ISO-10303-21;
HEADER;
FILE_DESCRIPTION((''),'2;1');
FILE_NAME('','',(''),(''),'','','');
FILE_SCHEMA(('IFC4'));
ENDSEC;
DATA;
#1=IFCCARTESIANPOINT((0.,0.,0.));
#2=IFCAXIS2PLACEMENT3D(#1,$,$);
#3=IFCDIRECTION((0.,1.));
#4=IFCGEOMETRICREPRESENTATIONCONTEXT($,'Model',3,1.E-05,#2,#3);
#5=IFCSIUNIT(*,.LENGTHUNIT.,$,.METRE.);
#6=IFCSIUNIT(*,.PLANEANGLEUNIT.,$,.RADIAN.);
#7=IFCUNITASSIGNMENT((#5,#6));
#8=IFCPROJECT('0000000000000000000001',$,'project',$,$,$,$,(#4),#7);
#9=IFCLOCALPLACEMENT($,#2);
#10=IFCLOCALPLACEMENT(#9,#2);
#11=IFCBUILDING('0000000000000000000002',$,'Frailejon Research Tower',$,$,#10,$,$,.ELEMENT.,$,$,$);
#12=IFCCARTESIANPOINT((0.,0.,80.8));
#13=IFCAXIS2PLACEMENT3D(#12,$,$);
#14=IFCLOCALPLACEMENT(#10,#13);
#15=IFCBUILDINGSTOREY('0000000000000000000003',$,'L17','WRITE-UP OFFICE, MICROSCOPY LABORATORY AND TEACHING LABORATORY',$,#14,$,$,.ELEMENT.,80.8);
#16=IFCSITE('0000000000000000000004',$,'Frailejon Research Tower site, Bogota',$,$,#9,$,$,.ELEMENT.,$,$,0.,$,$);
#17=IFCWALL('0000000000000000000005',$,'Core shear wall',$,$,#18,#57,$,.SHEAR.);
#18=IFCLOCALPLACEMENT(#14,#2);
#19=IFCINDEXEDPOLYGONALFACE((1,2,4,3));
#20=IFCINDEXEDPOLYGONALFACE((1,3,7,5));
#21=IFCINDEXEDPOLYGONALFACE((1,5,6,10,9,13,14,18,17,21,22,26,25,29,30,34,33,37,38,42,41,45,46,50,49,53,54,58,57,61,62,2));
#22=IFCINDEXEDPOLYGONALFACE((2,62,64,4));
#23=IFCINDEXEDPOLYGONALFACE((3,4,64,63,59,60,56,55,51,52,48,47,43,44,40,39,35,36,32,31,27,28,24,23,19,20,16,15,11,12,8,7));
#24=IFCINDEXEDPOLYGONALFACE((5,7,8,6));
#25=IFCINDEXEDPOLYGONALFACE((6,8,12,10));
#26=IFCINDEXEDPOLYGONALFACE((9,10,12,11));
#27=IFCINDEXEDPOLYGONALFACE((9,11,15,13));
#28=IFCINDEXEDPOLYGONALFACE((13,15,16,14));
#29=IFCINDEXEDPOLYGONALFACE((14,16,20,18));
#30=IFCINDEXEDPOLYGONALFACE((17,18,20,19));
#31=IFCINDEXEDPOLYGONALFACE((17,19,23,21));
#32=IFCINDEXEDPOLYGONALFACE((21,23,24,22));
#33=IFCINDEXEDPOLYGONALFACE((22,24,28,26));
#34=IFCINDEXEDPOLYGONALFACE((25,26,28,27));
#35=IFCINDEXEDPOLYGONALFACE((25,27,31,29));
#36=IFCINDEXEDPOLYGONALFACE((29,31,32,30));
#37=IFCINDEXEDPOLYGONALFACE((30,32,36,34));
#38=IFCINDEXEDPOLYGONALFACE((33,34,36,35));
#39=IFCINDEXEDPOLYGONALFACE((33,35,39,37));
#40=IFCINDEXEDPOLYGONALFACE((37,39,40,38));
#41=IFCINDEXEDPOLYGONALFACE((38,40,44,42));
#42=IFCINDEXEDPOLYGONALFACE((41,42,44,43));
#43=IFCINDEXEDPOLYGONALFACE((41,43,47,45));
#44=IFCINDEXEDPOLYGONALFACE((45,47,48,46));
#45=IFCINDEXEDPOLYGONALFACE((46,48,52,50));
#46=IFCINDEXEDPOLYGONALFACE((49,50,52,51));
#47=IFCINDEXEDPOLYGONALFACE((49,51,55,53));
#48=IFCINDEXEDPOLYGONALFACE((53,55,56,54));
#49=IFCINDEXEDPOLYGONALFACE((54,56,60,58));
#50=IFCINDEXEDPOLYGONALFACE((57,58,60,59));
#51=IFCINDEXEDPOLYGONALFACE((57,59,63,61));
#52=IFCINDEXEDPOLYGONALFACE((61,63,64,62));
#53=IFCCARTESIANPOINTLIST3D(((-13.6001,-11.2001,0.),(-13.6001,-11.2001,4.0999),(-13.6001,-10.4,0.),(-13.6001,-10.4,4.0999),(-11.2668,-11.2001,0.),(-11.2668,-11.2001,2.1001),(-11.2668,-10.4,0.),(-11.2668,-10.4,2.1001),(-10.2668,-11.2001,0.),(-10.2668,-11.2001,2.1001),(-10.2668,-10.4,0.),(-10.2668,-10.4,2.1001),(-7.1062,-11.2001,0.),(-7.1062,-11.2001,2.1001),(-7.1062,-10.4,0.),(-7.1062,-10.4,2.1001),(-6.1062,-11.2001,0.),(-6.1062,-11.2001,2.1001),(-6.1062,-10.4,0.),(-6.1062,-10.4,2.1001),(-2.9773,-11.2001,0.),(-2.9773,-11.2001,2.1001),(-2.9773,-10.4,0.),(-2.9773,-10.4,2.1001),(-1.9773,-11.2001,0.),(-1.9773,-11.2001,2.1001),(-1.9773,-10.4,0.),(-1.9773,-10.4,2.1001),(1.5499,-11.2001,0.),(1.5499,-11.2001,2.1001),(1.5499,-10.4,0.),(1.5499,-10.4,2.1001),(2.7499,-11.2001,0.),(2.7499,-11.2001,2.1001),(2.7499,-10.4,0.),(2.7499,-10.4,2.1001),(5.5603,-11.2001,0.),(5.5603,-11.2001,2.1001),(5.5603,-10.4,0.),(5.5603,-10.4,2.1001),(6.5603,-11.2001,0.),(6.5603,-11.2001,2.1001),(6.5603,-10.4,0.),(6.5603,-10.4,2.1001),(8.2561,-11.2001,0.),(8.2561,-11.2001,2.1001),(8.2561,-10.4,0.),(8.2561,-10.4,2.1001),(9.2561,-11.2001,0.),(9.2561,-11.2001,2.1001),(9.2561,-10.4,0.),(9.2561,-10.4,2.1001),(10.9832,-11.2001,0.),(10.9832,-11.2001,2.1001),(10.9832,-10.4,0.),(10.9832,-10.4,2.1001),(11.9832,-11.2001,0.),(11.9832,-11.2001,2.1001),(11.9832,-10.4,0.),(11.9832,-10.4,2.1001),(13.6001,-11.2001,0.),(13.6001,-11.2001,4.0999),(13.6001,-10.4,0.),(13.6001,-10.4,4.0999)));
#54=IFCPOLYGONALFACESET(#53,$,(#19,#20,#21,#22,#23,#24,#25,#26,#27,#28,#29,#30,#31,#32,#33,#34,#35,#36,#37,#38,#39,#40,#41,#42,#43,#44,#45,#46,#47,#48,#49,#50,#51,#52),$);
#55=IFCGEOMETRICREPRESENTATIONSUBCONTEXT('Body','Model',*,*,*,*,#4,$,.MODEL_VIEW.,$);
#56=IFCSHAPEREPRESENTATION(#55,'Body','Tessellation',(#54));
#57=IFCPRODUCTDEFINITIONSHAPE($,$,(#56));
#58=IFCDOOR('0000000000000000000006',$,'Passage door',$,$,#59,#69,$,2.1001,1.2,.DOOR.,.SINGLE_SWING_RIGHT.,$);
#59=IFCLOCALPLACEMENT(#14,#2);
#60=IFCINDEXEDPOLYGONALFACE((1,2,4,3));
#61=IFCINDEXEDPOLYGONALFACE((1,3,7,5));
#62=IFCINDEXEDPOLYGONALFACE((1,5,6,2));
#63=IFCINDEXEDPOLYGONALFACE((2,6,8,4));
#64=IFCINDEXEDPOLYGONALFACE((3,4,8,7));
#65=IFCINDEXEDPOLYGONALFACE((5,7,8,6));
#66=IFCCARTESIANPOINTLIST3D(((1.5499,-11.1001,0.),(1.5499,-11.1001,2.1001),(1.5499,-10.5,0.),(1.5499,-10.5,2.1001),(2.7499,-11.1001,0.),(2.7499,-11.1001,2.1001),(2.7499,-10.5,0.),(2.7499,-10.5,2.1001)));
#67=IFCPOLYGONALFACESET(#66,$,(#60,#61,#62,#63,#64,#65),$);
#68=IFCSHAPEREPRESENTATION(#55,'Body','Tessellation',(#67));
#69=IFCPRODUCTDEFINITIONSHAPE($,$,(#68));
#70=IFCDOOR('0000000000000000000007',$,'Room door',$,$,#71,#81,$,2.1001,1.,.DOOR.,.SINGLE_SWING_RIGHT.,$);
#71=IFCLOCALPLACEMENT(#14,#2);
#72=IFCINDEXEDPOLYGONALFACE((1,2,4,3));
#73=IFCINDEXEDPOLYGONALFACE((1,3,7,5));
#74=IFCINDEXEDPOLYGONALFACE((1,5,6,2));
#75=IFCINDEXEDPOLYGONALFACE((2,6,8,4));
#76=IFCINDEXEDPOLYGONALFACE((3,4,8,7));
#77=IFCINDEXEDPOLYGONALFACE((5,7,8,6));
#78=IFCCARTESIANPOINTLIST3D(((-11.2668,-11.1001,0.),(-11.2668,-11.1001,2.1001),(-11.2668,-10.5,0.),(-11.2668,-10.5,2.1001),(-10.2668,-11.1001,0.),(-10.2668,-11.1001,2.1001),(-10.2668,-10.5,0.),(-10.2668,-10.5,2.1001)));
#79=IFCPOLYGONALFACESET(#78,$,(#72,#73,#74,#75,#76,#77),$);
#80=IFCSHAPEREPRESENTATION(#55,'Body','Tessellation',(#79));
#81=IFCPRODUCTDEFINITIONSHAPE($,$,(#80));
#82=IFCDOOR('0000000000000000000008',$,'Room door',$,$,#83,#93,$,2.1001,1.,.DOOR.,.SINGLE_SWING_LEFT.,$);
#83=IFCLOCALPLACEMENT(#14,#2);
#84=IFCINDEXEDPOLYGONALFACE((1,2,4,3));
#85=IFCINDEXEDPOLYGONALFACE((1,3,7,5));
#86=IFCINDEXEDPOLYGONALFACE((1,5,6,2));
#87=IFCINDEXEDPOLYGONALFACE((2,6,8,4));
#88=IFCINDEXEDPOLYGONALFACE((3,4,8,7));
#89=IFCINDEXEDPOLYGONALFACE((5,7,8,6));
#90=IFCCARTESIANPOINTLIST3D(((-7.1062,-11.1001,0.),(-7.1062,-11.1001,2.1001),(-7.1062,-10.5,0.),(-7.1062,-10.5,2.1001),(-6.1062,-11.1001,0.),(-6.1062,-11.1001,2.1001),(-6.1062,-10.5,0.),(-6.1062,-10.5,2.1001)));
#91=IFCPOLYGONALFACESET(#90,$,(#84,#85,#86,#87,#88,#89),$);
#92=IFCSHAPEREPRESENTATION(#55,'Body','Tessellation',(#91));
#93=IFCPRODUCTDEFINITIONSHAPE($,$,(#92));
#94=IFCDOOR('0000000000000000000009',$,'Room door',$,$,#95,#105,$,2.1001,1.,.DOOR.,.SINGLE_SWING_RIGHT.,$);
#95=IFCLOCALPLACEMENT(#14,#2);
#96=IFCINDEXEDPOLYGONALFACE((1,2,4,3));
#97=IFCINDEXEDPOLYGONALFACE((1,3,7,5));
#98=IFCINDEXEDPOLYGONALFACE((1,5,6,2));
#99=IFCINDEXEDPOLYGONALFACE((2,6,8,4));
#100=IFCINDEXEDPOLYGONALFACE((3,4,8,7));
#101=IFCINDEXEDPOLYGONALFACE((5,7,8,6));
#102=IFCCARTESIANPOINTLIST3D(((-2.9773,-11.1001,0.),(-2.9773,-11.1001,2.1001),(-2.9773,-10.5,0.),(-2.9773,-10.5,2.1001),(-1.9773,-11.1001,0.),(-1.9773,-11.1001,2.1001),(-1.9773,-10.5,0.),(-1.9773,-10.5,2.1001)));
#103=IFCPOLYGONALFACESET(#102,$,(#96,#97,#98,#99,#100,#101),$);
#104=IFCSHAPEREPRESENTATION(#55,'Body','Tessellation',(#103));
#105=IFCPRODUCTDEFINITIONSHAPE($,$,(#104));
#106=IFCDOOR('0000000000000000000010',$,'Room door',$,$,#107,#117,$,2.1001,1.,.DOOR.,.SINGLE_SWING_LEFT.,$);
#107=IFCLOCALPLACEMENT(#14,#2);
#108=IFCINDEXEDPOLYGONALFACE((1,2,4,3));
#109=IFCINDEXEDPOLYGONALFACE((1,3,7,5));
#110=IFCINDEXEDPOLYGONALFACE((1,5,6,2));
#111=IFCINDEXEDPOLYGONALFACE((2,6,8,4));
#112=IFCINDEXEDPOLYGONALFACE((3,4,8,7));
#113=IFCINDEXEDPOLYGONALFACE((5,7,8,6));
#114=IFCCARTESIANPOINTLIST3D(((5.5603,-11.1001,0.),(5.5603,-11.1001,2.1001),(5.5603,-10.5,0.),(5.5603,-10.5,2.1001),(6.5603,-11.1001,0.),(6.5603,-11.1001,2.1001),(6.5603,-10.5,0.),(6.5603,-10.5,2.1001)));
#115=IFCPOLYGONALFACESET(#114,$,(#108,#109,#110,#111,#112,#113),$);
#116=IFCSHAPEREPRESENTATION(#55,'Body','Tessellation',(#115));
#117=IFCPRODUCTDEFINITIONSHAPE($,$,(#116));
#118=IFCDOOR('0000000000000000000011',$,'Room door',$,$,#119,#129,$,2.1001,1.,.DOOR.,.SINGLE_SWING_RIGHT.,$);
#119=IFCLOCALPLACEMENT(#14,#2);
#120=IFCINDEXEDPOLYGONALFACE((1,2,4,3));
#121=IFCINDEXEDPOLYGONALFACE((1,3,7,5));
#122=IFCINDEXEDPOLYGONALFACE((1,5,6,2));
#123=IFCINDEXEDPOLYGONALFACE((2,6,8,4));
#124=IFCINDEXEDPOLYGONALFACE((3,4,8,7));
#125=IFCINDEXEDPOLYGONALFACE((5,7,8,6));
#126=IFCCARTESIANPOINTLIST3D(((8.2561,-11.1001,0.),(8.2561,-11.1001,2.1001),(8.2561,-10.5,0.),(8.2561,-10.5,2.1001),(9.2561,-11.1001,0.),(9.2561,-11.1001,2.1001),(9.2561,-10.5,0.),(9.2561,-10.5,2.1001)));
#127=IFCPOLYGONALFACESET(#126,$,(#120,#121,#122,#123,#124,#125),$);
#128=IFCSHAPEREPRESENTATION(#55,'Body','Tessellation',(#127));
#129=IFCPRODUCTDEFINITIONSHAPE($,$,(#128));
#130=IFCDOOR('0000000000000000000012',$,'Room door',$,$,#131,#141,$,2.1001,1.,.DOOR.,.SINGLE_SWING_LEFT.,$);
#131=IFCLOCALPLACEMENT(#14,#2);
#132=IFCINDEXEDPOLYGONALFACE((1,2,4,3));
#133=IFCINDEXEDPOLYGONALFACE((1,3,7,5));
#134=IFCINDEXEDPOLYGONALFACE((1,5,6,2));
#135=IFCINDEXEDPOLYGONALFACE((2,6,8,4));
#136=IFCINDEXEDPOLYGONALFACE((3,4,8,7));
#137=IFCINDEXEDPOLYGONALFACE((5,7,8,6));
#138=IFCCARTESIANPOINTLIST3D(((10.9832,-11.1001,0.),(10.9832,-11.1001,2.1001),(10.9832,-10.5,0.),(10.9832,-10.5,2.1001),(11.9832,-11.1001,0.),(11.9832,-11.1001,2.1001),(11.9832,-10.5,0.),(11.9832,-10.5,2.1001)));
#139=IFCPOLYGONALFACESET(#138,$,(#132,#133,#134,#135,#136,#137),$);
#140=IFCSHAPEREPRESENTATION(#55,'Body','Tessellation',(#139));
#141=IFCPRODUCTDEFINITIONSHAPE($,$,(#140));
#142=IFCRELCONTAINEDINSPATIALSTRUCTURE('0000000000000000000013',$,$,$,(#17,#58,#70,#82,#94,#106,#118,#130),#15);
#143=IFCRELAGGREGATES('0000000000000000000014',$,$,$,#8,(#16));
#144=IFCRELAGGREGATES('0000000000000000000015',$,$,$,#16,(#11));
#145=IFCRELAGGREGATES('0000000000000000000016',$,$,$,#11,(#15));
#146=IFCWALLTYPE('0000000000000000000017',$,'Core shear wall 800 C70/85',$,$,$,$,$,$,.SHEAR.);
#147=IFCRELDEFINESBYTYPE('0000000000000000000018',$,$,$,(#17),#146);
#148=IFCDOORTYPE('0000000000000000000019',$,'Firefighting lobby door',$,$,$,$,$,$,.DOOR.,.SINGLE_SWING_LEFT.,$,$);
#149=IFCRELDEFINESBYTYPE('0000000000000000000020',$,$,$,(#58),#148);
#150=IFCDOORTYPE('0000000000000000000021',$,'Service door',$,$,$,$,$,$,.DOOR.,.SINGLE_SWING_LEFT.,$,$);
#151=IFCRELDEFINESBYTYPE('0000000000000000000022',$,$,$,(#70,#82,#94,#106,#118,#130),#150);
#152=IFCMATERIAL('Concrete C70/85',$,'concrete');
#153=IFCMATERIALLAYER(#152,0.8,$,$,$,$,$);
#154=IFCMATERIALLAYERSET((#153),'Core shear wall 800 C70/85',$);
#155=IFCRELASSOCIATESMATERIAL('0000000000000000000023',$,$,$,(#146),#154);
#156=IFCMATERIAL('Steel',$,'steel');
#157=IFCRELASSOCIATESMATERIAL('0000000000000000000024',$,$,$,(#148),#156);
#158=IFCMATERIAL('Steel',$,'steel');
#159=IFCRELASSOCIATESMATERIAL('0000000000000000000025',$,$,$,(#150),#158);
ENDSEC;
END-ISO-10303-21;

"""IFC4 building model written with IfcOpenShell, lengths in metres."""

from ifc_helpers import new_model, si_unit, direction, frame, frame_2d, origin, place, context, subcontext, project, spatial, rectangle, extrude, material, layer, layer_set, type_object, element, fill, save


model = new_model("IFC4")

# Units and contexts
model_context = context("Model", 3, precision=1e-05, world=origin(), true_north=direction((0.0, 1.0)))
body_context = subcontext(model_context, "Body", "Model", "MODEL_VIEW")
ifc_project = project(units=[si_unit("LENGTHUNIT", "METRE"), si_unit("PLANEANGLEUNIT", "RADIAN")], contexts=[model_context])

# Site, building, storey
site_placement = place(None, origin())
site = spatial("IfcSite", under=ifc_project, at=site_placement, Name="Frailejon Research Tower site, Bogota", CompositionType="ELEMENT", RefElevation=0.0)
building_placement = place(site_placement, origin())
building = spatial("IfcBuilding", under=site, at=building_placement, Name="Frailejon Research Tower", CompositionType="ELEMENT")
storey_placement = place(building_placement, frame((0.0, 0.0, 80.8)))
storey = spatial("IfcBuildingStorey", under=building, at=storey_placement, Name="L17", Description="WRITE-UP OFFICE, MICROSCOPY LABORATORY AND TEACHING LABORATORY", CompositionType="ELEMENT", Elevation=80.8)

# Wall, openings, doors
ifc_material_1 = material(Name="Concrete C70/85", Category="concrete")
ifc_layer_1 = layer(ifc_material_1, 0.8)
ifc_layer_set_1 = layer_set([ifc_layer_1], Name="Core shear wall 800 C70/85")
wall_type_1 = type_object("IfcWallType", Name="Core shear wall 800 C70/85", PredefinedType="SHEAR", material=ifc_layer_set_1)
wall_1_placement = place(storey_placement, frame((-13.6001, -10.8, 0.0), z_axis=(0.0, 0.0, 1.0), x_axis=(1.0, 0.0, 0.0)))
wall_1 = element("IfcWall", 1, at=wall_1_placement, inside=storey, type_object=wall_type_1, Name="Core shear wall", PredefinedType="SHEAR", context=body_context, shape_type="SweptSolid", body=[
    extrude(rectangle(XDim=27.2002, YDim=0.8, at=frame_2d((13.6001, 0.0))), origin(), (0.0, 0.0, 1.0), 4.0999),
])
opening_1_placement = place(wall_1_placement, frame((2.3333, 0.0, 0.0)))
opening_1 = element("IfcOpeningElement", 2, at=opening_1_placement, cuts=wall_1, PredefinedType="OPENING", context=body_context, shape_type="SweptSolid", body=[
    extrude(rectangle(XDim=1.0, YDim=2.1001, at=frame_2d((0.5, 1.05))), frame((0.0, 0.4099, 0.0), z_axis=(0.0, -1.0, 0.0), x_axis=(1.0, 0.0, 0.0)), (0.0, 0.0, 1.0), 0.8201),
])
opening_2_placement = place(wall_1_placement, frame((6.4939, 0.0, 0.0)))
opening_2 = element("IfcOpeningElement", 3, at=opening_2_placement, cuts=wall_1, PredefinedType="OPENING", context=body_context, shape_type="SweptSolid", body=[
    extrude(rectangle(XDim=1.0, YDim=2.1001, at=frame_2d((0.5, 1.05))), frame((0.0, 0.4099, 0.0), z_axis=(0.0, -1.0, 0.0), x_axis=(1.0, 0.0, 0.0)), (0.0, 0.0, 1.0), 0.8201),
])
opening_3_placement = place(wall_1_placement, frame((10.6228, 0.0, 0.0)))
opening_3 = element("IfcOpeningElement", 4, at=opening_3_placement, cuts=wall_1, PredefinedType="OPENING", context=body_context, shape_type="SweptSolid", body=[
    extrude(rectangle(XDim=1.0, YDim=2.1001, at=frame_2d((0.5, 1.05))), frame((0.0, 0.4099, 0.0), z_axis=(0.0, -1.0, 0.0), x_axis=(1.0, 0.0, 0.0)), (0.0, 0.0, 1.0), 0.8201),
])
opening_4_placement = place(wall_1_placement, frame((19.1604, 0.0, 0.0)))
opening_4 = element("IfcOpeningElement", 5, at=opening_4_placement, cuts=wall_1, PredefinedType="OPENING", context=body_context, shape_type="SweptSolid", body=[
    extrude(rectangle(XDim=1.0, YDim=2.1001, at=frame_2d((0.5, 1.05))), frame((0.0, 0.4099, 0.0), z_axis=(0.0, -1.0, 0.0), x_axis=(1.0, 0.0, 0.0)), (0.0, 0.0, 1.0), 0.8201),
])
opening_5_placement = place(wall_1_placement, frame((21.8562, 0.0, 0.0)))
opening_5 = element("IfcOpeningElement", 6, at=opening_5_placement, cuts=wall_1, PredefinedType="OPENING", context=body_context, shape_type="SweptSolid", body=[
    extrude(rectangle(XDim=1.0, YDim=2.1001, at=frame_2d((0.5, 1.05))), frame((0.0, 0.4099, 0.0), z_axis=(0.0, -1.0, 0.0), x_axis=(1.0, 0.0, 0.0)), (0.0, 0.0, 1.0), 0.8201),
])
opening_6_placement = place(wall_1_placement, frame((24.5833, 0.0, 0.0)))
opening_6 = element("IfcOpeningElement", 7, at=opening_6_placement, cuts=wall_1, PredefinedType="OPENING", context=body_context, shape_type="SweptSolid", body=[
    extrude(rectangle(XDim=1.0, YDim=2.1001, at=frame_2d((0.5, 1.05))), frame((0.0, 0.4099, 0.0), z_axis=(0.0, -1.0, 0.0), x_axis=(1.0, 0.0, 0.0)), (0.0, 0.0, 1.0), 0.8201),
])
opening_7_placement = place(wall_1_placement, frame((15.1499, 0.0, 0.0)))
opening_7 = element("IfcOpeningElement", 8, at=opening_7_placement, cuts=wall_1, PredefinedType="OPENING", context=body_context, shape_type="SweptSolid", body=[
    extrude(rectangle(XDim=1.2, YDim=2.1001, at=frame_2d((0.6001, 1.05))), frame((0.0, 0.4099, 0.0), z_axis=(0.0, -1.0, 0.0), x_axis=(1.0, 0.0, 0.0)), (0.0, 0.0, 1.0), 0.8201),
])
ifc_material_2 = material(Name="Steel", Category="steel")
door_type_1 = type_object("IfcDoorType", Name="Firefighting lobby door", OperationType="SINGLE_SWING_LEFT", PredefinedType="DOOR", material=ifc_material_2)
door_1_placement = place(opening_7_placement, origin())
door_1 = element("IfcDoor", 9, at=door_1_placement, inside=storey, type_object=door_type_1, Name="Passage door", OperationType="SINGLE_SWING_RIGHT", OverallHeight=2.1001, OverallWidth=1.2, PredefinedType="DOOR", context=body_context, shape_type="SweptSolid", body=[
    extrude(rectangle(XDim=1.2, YDim=2.1001, at=frame_2d((0.6001, 1.05))), frame((0.0, 0.3, 0.0), z_axis=(0.0, -1.0, 0.0), x_axis=(1.0, 0.0, 0.0)), (0.0, 0.0, 1.0), 0.6001),
])
fill(opening_7, door_1)
ifc_material_3 = material(Name="Steel", Category="steel")
door_type_2 = type_object("IfcDoorType", Name="Service door", OperationType="SINGLE_SWING_LEFT", PredefinedType="DOOR", material=ifc_material_3)
door_2_placement = place(opening_1_placement, origin())
door_2 = element("IfcDoor", 10, at=door_2_placement, inside=storey, type_object=door_type_2, Name="Room door", OperationType="SINGLE_SWING_RIGHT", OverallHeight=2.1001, OverallWidth=1.0, PredefinedType="DOOR", context=body_context, shape_type="SweptSolid", body=[
    extrude(rectangle(XDim=1.0, YDim=2.1001, at=frame_2d((0.5, 1.05))), frame((0.0, 0.3, 0.0), z_axis=(0.0, -1.0, 0.0), x_axis=(1.0, 0.0, 0.0)), (0.0, 0.0, 1.0), 0.6001),
])
fill(opening_1, door_2)
door_3_placement = place(opening_2_placement, origin())
door_3 = element("IfcDoor", 11, at=door_3_placement, inside=storey, type_object=door_type_2, Name="Room door", OperationType="SINGLE_SWING_LEFT", OverallHeight=2.1001, OverallWidth=1.0, PredefinedType="DOOR", context=body_context, shape_type="SweptSolid", body=[
    extrude(rectangle(XDim=1.0, YDim=2.1001, at=frame_2d((0.5, 1.05))), frame((0.0, 0.3, 0.0), z_axis=(0.0, -1.0, 0.0), x_axis=(1.0, 0.0, 0.0)), (0.0, 0.0, 1.0), 0.6001),
])
fill(opening_2, door_3)
door_4_placement = place(opening_3_placement, origin())
door_4 = element("IfcDoor", 12, at=door_4_placement, inside=storey, type_object=door_type_2, Name="Room door", OperationType="SINGLE_SWING_RIGHT", OverallHeight=2.1001, OverallWidth=1.0, PredefinedType="DOOR", context=body_context, shape_type="SweptSolid", body=[
    extrude(rectangle(XDim=1.0, YDim=2.1001, at=frame_2d((0.5, 1.05))), frame((0.0, 0.3, 0.0), z_axis=(0.0, -1.0, 0.0), x_axis=(1.0, 0.0, 0.0)), (0.0, 0.0, 1.0), 0.6001),
])
fill(opening_3, door_4)
door_5_placement = place(opening_4_placement, origin())
door_5 = element("IfcDoor", 13, at=door_5_placement, inside=storey, type_object=door_type_2, Name="Room door", OperationType="SINGLE_SWING_LEFT", OverallHeight=2.1001, OverallWidth=1.0, PredefinedType="DOOR", context=body_context, shape_type="SweptSolid", body=[
    extrude(rectangle(XDim=1.0, YDim=2.1001, at=frame_2d((0.5, 1.05))), frame((0.0, 0.3, 0.0), z_axis=(0.0, -1.0, 0.0), x_axis=(1.0, 0.0, 0.0)), (0.0, 0.0, 1.0), 0.6001),
])
fill(opening_4, door_5)
door_6_placement = place(opening_5_placement, origin())
door_6 = element("IfcDoor", 14, at=door_6_placement, inside=storey, type_object=door_type_2, Name="Room door", OperationType="SINGLE_SWING_RIGHT", OverallHeight=2.1001, OverallWidth=1.0, PredefinedType="DOOR", context=body_context, shape_type="SweptSolid", body=[
    extrude(rectangle(XDim=1.0, YDim=2.1001, at=frame_2d((0.5, 1.05))), frame((0.0, 0.3, 0.0), z_axis=(0.0, -1.0, 0.0), x_axis=(1.0, 0.0, 0.0)), (0.0, 0.0, 1.0), 0.6001),
])
fill(opening_5, door_6)
door_7_placement = place(opening_6_placement, origin())
door_7 = element("IfcDoor", 15, at=door_7_placement, inside=storey, type_object=door_type_2, Name="Room door", OperationType="SINGLE_SWING_LEFT", OverallHeight=2.1001, OverallWidth=1.0, PredefinedType="DOOR", context=body_context, shape_type="SweptSolid", body=[
    extrude(rectangle(XDim=1.0, YDim=2.1001, at=frame_2d((0.5, 1.05))), frame((0.0, 0.3, 0.0), z_axis=(0.0, -1.0, 0.0), x_axis=(1.0, 0.0, 0.0)), (0.0, 0.0, 1.0), 0.6001),
])
fill(opening_6, door_7)

save(model, "model.ifc")
